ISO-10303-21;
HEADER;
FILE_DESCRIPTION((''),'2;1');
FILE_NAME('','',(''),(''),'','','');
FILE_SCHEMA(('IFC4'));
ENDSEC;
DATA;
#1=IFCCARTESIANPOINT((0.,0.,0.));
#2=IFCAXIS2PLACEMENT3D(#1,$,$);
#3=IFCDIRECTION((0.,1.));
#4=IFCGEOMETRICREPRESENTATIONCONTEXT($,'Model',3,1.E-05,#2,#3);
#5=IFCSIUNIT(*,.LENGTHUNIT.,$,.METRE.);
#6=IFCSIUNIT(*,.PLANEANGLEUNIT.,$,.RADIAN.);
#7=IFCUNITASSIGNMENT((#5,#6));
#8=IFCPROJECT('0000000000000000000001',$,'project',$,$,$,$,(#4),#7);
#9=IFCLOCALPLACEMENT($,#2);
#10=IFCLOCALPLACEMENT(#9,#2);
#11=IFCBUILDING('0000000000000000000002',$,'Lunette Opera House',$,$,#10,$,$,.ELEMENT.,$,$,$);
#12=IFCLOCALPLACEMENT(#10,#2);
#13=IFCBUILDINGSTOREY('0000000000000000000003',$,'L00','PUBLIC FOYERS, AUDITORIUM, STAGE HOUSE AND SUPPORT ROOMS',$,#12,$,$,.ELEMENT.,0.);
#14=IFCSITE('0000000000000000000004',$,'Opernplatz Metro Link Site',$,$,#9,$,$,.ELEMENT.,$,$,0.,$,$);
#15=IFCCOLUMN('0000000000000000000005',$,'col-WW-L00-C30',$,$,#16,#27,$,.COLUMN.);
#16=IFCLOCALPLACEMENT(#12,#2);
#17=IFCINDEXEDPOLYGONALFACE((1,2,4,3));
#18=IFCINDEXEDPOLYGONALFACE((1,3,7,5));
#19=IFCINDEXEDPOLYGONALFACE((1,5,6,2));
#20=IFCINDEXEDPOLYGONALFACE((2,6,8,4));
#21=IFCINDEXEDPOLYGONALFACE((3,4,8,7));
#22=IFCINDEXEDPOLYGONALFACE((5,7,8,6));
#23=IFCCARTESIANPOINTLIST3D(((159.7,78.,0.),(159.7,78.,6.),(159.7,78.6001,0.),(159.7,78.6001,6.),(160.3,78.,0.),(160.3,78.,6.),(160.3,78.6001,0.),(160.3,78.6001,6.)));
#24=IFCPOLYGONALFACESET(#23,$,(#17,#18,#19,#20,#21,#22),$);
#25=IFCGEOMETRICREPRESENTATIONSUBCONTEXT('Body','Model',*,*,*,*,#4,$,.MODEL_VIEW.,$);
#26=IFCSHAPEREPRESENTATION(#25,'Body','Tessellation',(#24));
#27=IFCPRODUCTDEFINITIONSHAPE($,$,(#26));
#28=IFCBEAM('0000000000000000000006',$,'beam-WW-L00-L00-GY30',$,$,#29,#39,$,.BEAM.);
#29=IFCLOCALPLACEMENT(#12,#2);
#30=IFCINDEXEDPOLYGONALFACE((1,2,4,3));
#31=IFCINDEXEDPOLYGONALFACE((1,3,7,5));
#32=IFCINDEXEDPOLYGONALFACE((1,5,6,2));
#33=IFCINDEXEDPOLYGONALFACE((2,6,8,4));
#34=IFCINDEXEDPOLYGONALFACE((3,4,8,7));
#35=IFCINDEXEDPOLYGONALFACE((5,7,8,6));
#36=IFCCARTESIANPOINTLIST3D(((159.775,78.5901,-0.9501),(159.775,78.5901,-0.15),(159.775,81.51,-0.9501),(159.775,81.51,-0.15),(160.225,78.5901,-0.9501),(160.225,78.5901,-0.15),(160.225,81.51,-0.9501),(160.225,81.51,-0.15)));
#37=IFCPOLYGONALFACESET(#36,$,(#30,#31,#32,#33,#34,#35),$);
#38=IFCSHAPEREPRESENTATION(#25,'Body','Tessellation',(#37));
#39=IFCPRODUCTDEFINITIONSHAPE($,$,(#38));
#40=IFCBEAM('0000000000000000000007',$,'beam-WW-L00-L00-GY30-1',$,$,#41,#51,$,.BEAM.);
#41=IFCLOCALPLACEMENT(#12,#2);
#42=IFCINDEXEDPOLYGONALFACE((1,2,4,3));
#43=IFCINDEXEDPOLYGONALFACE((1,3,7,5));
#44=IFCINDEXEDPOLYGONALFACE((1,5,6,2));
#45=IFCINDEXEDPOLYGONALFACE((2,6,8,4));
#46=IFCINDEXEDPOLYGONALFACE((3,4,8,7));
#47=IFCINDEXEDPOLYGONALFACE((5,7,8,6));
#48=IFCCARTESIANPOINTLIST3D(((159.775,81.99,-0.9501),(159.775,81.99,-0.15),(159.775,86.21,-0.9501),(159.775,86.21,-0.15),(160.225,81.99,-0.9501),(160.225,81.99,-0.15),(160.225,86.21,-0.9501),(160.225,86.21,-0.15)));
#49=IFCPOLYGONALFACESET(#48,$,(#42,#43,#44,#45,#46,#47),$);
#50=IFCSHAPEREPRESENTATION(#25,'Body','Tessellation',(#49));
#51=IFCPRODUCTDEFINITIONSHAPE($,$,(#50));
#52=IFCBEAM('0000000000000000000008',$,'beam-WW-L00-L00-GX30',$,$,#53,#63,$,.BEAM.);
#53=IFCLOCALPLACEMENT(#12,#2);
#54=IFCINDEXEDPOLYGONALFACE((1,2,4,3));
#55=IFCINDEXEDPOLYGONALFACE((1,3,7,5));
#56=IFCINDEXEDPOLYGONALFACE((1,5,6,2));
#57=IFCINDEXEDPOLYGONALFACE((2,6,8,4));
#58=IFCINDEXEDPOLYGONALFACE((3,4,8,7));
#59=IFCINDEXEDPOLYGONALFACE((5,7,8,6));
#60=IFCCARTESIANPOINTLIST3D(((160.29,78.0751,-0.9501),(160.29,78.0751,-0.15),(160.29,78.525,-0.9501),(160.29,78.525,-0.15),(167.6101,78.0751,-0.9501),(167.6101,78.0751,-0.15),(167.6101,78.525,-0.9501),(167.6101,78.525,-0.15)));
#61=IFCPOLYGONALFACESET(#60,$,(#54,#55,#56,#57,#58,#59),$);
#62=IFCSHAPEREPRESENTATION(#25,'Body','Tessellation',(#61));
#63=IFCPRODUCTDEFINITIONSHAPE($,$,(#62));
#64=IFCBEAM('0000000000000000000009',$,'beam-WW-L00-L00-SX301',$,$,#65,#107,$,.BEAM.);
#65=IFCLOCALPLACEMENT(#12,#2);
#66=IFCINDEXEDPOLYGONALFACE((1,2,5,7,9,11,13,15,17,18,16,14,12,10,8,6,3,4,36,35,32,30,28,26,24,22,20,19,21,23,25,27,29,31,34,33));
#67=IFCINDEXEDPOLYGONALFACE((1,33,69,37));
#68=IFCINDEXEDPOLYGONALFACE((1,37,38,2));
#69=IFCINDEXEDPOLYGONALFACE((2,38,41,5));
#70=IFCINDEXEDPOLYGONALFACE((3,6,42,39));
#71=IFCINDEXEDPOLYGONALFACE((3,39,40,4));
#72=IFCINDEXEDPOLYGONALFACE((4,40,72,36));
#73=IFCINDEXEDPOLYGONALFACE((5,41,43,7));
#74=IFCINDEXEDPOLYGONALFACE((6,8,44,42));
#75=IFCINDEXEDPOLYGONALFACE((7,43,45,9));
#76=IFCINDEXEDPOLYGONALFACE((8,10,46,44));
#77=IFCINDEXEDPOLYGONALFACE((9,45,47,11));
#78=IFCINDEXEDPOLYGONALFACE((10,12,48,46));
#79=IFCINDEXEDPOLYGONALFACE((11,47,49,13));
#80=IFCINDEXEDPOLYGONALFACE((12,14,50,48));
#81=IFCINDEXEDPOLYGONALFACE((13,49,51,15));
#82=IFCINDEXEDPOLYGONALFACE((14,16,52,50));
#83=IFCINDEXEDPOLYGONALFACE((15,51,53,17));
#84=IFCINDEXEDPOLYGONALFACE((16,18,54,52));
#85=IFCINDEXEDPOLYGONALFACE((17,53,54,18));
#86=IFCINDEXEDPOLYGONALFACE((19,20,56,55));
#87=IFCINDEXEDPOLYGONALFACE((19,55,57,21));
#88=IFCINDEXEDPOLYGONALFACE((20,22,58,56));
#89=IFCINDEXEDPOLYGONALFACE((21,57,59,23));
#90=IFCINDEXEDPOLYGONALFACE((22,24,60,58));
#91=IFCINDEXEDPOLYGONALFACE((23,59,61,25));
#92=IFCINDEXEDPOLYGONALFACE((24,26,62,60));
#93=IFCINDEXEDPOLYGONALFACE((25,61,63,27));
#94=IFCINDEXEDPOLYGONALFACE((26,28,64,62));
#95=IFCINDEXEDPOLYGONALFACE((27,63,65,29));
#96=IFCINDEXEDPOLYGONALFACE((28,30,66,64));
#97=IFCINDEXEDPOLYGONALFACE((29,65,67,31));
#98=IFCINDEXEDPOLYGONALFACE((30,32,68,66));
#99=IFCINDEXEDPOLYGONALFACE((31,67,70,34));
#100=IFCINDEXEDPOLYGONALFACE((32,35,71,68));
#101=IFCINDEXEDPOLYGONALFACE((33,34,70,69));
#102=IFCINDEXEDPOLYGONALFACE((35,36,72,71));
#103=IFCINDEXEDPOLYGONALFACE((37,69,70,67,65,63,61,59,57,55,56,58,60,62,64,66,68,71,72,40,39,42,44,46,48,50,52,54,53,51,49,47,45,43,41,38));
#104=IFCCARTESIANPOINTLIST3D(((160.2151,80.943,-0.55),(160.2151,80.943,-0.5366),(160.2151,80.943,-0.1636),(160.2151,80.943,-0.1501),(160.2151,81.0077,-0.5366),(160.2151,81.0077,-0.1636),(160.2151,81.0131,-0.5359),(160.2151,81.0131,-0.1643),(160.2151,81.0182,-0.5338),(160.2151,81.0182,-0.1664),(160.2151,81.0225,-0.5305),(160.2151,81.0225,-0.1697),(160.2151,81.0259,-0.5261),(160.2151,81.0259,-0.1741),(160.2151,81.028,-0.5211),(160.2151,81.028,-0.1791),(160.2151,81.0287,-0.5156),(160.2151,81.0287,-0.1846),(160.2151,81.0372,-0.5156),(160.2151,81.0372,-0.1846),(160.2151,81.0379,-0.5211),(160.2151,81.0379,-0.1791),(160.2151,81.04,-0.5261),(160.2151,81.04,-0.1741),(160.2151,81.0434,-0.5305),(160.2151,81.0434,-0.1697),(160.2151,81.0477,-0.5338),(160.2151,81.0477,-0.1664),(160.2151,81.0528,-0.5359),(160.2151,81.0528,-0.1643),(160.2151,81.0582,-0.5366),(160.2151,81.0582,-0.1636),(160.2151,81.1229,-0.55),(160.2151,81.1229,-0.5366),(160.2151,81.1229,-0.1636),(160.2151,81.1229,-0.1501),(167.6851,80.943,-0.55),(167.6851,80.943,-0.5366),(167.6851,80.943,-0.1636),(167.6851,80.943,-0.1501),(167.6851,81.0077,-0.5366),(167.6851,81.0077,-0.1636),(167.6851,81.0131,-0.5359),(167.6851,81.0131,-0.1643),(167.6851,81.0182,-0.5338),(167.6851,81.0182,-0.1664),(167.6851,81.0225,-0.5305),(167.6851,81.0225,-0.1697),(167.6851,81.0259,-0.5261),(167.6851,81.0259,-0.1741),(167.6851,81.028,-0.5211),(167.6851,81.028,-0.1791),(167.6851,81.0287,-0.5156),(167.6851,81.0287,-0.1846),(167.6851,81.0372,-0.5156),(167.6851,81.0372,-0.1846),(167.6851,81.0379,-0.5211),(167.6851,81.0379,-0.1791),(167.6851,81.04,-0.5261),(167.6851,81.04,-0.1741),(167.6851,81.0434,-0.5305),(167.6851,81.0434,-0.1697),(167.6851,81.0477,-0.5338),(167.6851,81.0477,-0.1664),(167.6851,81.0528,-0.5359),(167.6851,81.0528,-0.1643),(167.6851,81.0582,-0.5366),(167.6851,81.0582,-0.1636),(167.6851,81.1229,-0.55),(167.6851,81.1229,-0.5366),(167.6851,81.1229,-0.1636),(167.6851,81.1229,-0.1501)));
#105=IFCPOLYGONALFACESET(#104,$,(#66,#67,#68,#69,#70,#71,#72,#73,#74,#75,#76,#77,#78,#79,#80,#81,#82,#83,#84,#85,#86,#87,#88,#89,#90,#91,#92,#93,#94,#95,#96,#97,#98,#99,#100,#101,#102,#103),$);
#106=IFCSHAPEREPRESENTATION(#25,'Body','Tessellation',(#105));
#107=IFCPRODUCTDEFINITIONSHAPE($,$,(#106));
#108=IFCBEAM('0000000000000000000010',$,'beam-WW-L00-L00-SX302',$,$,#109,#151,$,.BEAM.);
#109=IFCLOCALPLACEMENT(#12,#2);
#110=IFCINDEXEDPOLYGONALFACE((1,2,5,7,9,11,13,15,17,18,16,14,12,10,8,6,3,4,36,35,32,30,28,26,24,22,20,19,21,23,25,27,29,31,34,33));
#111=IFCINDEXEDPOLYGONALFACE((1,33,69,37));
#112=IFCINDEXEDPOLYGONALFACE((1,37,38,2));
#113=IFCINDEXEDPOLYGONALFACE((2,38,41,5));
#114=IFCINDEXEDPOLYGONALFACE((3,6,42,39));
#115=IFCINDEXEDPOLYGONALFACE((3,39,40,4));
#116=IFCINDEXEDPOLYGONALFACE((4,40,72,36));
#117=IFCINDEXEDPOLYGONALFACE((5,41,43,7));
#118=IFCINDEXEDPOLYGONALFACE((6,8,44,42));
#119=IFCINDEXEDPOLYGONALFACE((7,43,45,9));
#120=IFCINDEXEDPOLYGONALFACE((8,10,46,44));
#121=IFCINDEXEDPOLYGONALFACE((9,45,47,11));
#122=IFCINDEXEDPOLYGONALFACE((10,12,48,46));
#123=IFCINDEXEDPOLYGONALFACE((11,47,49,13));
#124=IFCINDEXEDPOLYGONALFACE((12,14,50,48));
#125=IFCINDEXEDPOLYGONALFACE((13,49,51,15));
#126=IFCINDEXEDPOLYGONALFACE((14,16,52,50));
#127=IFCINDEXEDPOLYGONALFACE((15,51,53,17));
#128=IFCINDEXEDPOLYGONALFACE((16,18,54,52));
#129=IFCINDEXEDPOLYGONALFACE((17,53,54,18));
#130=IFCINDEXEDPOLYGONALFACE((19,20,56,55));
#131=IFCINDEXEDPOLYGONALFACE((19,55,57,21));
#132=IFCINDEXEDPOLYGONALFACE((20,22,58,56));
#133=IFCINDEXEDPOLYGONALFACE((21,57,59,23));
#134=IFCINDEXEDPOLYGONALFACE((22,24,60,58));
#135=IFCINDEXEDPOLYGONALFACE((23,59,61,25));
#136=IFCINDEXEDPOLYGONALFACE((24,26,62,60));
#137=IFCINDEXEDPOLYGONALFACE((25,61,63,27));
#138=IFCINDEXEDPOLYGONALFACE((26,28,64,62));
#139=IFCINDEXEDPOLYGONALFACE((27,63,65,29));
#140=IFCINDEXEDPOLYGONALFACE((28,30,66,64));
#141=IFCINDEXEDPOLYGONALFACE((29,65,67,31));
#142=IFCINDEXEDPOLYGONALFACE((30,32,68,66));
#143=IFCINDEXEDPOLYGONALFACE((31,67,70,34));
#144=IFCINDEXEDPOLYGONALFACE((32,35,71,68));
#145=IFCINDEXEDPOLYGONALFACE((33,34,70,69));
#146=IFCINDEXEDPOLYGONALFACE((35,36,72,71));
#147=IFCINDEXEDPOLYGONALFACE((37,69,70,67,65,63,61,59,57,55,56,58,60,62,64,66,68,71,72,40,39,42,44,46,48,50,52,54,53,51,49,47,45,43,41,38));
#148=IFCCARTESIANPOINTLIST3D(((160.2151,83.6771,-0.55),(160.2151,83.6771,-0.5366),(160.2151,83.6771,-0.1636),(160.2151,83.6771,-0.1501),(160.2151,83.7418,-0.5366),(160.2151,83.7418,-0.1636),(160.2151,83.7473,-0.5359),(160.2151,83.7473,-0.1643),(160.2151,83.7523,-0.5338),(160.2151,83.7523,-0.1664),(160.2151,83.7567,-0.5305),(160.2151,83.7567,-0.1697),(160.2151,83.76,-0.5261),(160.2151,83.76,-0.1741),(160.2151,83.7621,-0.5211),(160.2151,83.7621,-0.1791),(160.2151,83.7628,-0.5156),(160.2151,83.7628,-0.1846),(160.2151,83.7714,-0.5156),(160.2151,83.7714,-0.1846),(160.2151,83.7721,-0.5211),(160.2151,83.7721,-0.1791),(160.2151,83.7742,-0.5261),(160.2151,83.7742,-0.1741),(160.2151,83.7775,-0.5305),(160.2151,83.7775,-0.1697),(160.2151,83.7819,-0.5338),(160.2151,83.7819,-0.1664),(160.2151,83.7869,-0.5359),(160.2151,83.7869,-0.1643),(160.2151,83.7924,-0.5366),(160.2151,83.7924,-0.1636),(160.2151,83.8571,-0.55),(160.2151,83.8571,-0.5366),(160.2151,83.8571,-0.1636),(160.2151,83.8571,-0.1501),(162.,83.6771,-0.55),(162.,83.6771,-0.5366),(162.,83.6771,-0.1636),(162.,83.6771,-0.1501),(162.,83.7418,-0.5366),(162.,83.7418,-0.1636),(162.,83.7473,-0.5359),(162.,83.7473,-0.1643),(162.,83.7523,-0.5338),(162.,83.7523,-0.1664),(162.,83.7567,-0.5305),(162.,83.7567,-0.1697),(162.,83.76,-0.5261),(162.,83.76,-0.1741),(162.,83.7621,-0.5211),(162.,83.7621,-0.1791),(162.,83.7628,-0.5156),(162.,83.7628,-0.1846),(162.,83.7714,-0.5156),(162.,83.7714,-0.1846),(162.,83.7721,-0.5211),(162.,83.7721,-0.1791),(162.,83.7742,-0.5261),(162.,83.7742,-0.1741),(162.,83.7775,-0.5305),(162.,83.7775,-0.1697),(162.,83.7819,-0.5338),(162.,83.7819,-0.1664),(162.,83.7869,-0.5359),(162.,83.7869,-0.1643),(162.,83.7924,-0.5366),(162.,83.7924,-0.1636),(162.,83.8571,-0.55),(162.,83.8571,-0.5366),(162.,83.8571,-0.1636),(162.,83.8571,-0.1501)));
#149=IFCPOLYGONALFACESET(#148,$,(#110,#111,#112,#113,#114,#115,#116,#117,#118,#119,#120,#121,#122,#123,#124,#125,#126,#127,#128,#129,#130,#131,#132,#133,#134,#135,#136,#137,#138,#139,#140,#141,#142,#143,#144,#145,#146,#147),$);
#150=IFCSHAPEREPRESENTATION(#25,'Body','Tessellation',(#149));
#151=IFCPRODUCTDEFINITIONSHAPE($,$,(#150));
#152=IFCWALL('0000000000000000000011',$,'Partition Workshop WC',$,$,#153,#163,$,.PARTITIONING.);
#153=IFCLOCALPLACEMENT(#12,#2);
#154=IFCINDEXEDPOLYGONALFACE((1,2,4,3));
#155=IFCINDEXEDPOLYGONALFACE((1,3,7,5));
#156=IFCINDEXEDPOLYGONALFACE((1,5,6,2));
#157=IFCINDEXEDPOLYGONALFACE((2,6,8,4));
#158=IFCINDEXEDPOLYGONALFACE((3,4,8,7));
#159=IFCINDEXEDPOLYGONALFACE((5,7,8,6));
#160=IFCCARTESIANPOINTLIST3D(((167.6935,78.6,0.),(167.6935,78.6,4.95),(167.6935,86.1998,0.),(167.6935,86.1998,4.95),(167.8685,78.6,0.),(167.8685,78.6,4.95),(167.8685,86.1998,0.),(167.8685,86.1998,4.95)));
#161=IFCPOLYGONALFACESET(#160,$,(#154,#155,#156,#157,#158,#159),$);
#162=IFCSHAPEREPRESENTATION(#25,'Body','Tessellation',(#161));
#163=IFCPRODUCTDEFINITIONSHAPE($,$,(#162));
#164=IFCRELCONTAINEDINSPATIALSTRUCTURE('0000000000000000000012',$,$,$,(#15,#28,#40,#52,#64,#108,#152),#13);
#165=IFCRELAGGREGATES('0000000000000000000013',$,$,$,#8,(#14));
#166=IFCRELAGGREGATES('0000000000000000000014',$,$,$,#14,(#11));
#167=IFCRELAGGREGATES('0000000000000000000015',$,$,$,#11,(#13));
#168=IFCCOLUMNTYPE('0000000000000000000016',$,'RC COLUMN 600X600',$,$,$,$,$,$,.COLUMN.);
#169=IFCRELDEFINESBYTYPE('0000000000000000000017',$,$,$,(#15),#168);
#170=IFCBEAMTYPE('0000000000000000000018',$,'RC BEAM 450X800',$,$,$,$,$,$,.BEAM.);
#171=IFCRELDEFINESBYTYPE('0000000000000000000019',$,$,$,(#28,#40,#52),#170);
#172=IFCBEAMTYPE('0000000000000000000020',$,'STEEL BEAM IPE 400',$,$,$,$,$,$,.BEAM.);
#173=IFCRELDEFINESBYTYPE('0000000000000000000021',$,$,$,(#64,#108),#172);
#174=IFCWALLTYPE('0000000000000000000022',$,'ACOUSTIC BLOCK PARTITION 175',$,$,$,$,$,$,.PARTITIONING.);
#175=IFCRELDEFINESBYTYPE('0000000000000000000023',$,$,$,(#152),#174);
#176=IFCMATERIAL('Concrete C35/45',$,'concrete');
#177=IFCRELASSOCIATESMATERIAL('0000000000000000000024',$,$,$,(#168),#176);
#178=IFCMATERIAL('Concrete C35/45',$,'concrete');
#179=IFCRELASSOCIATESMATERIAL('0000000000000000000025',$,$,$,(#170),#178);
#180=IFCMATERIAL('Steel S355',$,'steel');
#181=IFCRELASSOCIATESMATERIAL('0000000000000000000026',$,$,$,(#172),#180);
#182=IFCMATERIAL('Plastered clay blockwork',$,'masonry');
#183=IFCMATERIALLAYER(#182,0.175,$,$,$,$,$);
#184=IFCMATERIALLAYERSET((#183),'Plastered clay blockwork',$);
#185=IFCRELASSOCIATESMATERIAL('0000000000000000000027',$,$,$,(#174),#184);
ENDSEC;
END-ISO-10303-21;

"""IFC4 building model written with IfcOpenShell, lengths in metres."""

from ifc_helpers import new_model, si_unit, direction, frame, frame_2d, origin, origin_2d, place, context, subcontext, project, spatial, rectangle, i_section, extrude, material, layer, layer_set, material_profile, profile_set, type_object, element, save


model = new_model("IFC4")

# Units and contexts
model_context = context("Model", 3, precision=1e-05, world=origin(), true_north=direction((0.0, 1.0)))
body_context = subcontext(model_context, "Body", "Model", "MODEL_VIEW")
ifc_project = project(units=[si_unit("LENGTHUNIT", "METRE"), si_unit("PLANEANGLEUNIT", "RADIAN")], contexts=[model_context])

# Site, building, storey
site_placement = place(None, origin())
site = spatial("IfcSite", under=ifc_project, at=site_placement, Name="Opernplatz Metro Link Site", CompositionType="ELEMENT", RefElevation=0.0)
building_placement = place(site_placement, origin())
building = spatial("IfcBuilding", under=site, at=building_placement, Name="Lunette Opera House", CompositionType="ELEMENT")
storey_placement = place(building_placement, origin())
storey = spatial("IfcBuildingStorey", under=building, at=storey_placement, Name="L00", Description="PUBLIC FOYERS, AUDITORIUM, STAGE HOUSE AND SUPPORT ROOMS", CompositionType="ELEMENT", Elevation=0.0)

# Column
ifc_material_1 = material(Name="Concrete C35/45", Category="concrete")
ifc_material_profile_1 = material_profile(ifc_material_1, rectangle(XDim=0.6001, YDim=0.6001, at=origin_2d()), Name="RC COLUMN 600X600")
ifc_profile_set_1 = profile_set([ifc_material_profile_1], Name="Concrete C35/45")
column_type = type_object("IfcColumnType", Name="RC COLUMN 600X600", PredefinedType="COLUMN", material=ifc_profile_set_1)
column_placement = place(storey_placement, frame((160.0, 78.3, 0.0), z_axis=(0.0, 0.0, 1.0), x_axis=(1.0, 0.0, 0.0)))
element("IfcColumn", 1, at=column_placement, inside=storey, type_object=column_type, Name="col-WW-L00-C30", PredefinedType="COLUMN", context=body_context, shape_type="SweptSolid", body=[
    extrude(rectangle(XDim=0.6001, YDim=0.6001, at=origin_2d()), origin(), (0.0, 0.0, 1.0), 6.0),
])

# Beams
ifc_material_2 = material(Name="Concrete C35/45", Category="concrete")
ifc_material_profile_2 = material_profile(ifc_material_2, rectangle(XDim=0.45, YDim=0.8, at=origin_2d()), Name="RC BEAM 450X800")
ifc_profile_set_2 = profile_set([ifc_material_profile_2], Name="Concrete C35/45")
beam_type_1 = type_object("IfcBeamType", Name="RC BEAM 450X800", PredefinedType="BEAM", material=ifc_profile_set_2)
beam_1_placement = place(storey_placement, frame((160.0, 78.5901, -0.55), z_axis=(0.0, 1.0, 0.0), x_axis=(-1.0, 0.0, 0.0)))
element("IfcBeam", 2, at=beam_1_placement, inside=storey, type_object=beam_type_1, Name="beam-WW-L00-L00-GY30", PredefinedType="BEAM", context=body_context, shape_type="SweptSolid", body=[
    extrude(rectangle(XDim=0.45, YDim=0.8, at=origin_2d()), origin(), (0.0, 0.0, 1.0), 2.9199),
])
beam_2_placement = place(storey_placement, frame((160.0, 81.99, -0.55), z_axis=(0.0, 1.0, 0.0), x_axis=(-1.0, 0.0, 0.0)))
element("IfcBeam", 3, at=beam_2_placement, inside=storey, type_object=beam_type_1, Name="beam-WW-L00-L00-GY30-1", PredefinedType="BEAM", context=body_context, shape_type="SweptSolid", body=[
    extrude(rectangle(XDim=0.45, YDim=0.8, at=origin_2d()), origin(), (0.0, 0.0, 1.0), 4.22),
])
beam_3_placement = place(storey_placement, frame((160.29, 78.3, -0.55), z_axis=(1.0, 0.0, 0.0), x_axis=(0.0, 1.0, 0.0)))
element("IfcBeam", 4, at=beam_3_placement, inside=storey, type_object=beam_type_1, Name="beam-WW-L00-L00-GX30", PredefinedType="BEAM", context=body_context, shape_type="SweptSolid", body=[
    extrude(rectangle(XDim=0.45, YDim=0.8, at=origin_2d()), origin(), (0.0, 0.0, 1.0), 7.3201),
])
ifc_material_3 = material(Name="Steel S355", Category="steel")
ifc_material_profile_3 = material_profile(ifc_material_3, i_section(OverallWidth=0.1799, OverallDepth=0.3999, WebThickness=0.0085, FlangeThickness=0.0134, FilletRadius=0.021, at=origin_2d()), Name="IPE 400")
ifc_profile_set_3 = profile_set([ifc_material_profile_3], Name="Steel S355")
beam_type_2 = type_object("IfcBeamType", Name="STEEL BEAM IPE 400", PredefinedType="BEAM", material=ifc_profile_set_3)
beam_4_placement = place(storey_placement, frame((160.2151, 81.033, -0.3501), z_axis=(1.0, 0.0, 0.0), x_axis=(0.0, 1.0, 0.0)))
element("IfcBeam", 5, at=beam_4_placement, inside=storey, type_object=beam_type_2, Name="beam-WW-L00-L00-SX301", PredefinedType="BEAM", context=body_context, shape_type="SweptSolid", body=[
    extrude(i_section(OverallWidth=0.1799, OverallDepth=0.3999, WebThickness=0.0085, FlangeThickness=0.0134, FilletRadius=0.021, at=origin_2d()), origin(), (0.0, 0.0, 1.0), 7.47),
])
beam_5_placement = place(storey_placement, frame((160.2151, 83.7671, -0.3501), z_axis=(1.0, 0.0, 0.0), x_axis=(0.0, 1.0, 0.0)))
element("IfcBeam", 6, at=beam_5_placement, inside=storey, type_object=beam_type_2, Name="beam-WW-L00-L00-SX302", PredefinedType="BEAM", context=body_context, shape_type="SweptSolid", body=[
    extrude(i_section(OverallWidth=0.1799, OverallDepth=0.3999, WebThickness=0.0085, FlangeThickness=0.0134, FilletRadius=0.021, at=origin_2d()), origin(), (0.0, 0.0, 1.0), 1.7849),
])

# Wall
ifc_material_4 = material(Name="Plastered clay blockwork", Category="masonry")
ifc_layer_1 = layer(ifc_material_4, 0.175)
ifc_layer_set_1 = layer_set([ifc_layer_1], Name="Plastered clay blockwork")
wall_type_1 = type_object("IfcWallType", Name="ACOUSTIC BLOCK PARTITION 175", PredefinedType="PARTITIONING", material=ifc_layer_set_1)
wall_1_placement = place(storey_placement, frame((167.781, 78.6001, 0.0), z_axis=(0.0, 0.0, 1.0), x_axis=(0.0, 1.0, 0.0)))
element("IfcWall", 7, at=wall_1_placement, inside=storey, type_object=wall_type_1, Name="Partition Workshop WC", PredefinedType="PARTITIONING", context=body_context, shape_type="SweptSolid", body=[
    extrude(rectangle(XDim=7.5999, YDim=0.175, at=frame_2d((3.7998, 0.0))), origin(), (0.0, 0.0, 1.0), 4.95),
])

save(model, "model.ifc")
